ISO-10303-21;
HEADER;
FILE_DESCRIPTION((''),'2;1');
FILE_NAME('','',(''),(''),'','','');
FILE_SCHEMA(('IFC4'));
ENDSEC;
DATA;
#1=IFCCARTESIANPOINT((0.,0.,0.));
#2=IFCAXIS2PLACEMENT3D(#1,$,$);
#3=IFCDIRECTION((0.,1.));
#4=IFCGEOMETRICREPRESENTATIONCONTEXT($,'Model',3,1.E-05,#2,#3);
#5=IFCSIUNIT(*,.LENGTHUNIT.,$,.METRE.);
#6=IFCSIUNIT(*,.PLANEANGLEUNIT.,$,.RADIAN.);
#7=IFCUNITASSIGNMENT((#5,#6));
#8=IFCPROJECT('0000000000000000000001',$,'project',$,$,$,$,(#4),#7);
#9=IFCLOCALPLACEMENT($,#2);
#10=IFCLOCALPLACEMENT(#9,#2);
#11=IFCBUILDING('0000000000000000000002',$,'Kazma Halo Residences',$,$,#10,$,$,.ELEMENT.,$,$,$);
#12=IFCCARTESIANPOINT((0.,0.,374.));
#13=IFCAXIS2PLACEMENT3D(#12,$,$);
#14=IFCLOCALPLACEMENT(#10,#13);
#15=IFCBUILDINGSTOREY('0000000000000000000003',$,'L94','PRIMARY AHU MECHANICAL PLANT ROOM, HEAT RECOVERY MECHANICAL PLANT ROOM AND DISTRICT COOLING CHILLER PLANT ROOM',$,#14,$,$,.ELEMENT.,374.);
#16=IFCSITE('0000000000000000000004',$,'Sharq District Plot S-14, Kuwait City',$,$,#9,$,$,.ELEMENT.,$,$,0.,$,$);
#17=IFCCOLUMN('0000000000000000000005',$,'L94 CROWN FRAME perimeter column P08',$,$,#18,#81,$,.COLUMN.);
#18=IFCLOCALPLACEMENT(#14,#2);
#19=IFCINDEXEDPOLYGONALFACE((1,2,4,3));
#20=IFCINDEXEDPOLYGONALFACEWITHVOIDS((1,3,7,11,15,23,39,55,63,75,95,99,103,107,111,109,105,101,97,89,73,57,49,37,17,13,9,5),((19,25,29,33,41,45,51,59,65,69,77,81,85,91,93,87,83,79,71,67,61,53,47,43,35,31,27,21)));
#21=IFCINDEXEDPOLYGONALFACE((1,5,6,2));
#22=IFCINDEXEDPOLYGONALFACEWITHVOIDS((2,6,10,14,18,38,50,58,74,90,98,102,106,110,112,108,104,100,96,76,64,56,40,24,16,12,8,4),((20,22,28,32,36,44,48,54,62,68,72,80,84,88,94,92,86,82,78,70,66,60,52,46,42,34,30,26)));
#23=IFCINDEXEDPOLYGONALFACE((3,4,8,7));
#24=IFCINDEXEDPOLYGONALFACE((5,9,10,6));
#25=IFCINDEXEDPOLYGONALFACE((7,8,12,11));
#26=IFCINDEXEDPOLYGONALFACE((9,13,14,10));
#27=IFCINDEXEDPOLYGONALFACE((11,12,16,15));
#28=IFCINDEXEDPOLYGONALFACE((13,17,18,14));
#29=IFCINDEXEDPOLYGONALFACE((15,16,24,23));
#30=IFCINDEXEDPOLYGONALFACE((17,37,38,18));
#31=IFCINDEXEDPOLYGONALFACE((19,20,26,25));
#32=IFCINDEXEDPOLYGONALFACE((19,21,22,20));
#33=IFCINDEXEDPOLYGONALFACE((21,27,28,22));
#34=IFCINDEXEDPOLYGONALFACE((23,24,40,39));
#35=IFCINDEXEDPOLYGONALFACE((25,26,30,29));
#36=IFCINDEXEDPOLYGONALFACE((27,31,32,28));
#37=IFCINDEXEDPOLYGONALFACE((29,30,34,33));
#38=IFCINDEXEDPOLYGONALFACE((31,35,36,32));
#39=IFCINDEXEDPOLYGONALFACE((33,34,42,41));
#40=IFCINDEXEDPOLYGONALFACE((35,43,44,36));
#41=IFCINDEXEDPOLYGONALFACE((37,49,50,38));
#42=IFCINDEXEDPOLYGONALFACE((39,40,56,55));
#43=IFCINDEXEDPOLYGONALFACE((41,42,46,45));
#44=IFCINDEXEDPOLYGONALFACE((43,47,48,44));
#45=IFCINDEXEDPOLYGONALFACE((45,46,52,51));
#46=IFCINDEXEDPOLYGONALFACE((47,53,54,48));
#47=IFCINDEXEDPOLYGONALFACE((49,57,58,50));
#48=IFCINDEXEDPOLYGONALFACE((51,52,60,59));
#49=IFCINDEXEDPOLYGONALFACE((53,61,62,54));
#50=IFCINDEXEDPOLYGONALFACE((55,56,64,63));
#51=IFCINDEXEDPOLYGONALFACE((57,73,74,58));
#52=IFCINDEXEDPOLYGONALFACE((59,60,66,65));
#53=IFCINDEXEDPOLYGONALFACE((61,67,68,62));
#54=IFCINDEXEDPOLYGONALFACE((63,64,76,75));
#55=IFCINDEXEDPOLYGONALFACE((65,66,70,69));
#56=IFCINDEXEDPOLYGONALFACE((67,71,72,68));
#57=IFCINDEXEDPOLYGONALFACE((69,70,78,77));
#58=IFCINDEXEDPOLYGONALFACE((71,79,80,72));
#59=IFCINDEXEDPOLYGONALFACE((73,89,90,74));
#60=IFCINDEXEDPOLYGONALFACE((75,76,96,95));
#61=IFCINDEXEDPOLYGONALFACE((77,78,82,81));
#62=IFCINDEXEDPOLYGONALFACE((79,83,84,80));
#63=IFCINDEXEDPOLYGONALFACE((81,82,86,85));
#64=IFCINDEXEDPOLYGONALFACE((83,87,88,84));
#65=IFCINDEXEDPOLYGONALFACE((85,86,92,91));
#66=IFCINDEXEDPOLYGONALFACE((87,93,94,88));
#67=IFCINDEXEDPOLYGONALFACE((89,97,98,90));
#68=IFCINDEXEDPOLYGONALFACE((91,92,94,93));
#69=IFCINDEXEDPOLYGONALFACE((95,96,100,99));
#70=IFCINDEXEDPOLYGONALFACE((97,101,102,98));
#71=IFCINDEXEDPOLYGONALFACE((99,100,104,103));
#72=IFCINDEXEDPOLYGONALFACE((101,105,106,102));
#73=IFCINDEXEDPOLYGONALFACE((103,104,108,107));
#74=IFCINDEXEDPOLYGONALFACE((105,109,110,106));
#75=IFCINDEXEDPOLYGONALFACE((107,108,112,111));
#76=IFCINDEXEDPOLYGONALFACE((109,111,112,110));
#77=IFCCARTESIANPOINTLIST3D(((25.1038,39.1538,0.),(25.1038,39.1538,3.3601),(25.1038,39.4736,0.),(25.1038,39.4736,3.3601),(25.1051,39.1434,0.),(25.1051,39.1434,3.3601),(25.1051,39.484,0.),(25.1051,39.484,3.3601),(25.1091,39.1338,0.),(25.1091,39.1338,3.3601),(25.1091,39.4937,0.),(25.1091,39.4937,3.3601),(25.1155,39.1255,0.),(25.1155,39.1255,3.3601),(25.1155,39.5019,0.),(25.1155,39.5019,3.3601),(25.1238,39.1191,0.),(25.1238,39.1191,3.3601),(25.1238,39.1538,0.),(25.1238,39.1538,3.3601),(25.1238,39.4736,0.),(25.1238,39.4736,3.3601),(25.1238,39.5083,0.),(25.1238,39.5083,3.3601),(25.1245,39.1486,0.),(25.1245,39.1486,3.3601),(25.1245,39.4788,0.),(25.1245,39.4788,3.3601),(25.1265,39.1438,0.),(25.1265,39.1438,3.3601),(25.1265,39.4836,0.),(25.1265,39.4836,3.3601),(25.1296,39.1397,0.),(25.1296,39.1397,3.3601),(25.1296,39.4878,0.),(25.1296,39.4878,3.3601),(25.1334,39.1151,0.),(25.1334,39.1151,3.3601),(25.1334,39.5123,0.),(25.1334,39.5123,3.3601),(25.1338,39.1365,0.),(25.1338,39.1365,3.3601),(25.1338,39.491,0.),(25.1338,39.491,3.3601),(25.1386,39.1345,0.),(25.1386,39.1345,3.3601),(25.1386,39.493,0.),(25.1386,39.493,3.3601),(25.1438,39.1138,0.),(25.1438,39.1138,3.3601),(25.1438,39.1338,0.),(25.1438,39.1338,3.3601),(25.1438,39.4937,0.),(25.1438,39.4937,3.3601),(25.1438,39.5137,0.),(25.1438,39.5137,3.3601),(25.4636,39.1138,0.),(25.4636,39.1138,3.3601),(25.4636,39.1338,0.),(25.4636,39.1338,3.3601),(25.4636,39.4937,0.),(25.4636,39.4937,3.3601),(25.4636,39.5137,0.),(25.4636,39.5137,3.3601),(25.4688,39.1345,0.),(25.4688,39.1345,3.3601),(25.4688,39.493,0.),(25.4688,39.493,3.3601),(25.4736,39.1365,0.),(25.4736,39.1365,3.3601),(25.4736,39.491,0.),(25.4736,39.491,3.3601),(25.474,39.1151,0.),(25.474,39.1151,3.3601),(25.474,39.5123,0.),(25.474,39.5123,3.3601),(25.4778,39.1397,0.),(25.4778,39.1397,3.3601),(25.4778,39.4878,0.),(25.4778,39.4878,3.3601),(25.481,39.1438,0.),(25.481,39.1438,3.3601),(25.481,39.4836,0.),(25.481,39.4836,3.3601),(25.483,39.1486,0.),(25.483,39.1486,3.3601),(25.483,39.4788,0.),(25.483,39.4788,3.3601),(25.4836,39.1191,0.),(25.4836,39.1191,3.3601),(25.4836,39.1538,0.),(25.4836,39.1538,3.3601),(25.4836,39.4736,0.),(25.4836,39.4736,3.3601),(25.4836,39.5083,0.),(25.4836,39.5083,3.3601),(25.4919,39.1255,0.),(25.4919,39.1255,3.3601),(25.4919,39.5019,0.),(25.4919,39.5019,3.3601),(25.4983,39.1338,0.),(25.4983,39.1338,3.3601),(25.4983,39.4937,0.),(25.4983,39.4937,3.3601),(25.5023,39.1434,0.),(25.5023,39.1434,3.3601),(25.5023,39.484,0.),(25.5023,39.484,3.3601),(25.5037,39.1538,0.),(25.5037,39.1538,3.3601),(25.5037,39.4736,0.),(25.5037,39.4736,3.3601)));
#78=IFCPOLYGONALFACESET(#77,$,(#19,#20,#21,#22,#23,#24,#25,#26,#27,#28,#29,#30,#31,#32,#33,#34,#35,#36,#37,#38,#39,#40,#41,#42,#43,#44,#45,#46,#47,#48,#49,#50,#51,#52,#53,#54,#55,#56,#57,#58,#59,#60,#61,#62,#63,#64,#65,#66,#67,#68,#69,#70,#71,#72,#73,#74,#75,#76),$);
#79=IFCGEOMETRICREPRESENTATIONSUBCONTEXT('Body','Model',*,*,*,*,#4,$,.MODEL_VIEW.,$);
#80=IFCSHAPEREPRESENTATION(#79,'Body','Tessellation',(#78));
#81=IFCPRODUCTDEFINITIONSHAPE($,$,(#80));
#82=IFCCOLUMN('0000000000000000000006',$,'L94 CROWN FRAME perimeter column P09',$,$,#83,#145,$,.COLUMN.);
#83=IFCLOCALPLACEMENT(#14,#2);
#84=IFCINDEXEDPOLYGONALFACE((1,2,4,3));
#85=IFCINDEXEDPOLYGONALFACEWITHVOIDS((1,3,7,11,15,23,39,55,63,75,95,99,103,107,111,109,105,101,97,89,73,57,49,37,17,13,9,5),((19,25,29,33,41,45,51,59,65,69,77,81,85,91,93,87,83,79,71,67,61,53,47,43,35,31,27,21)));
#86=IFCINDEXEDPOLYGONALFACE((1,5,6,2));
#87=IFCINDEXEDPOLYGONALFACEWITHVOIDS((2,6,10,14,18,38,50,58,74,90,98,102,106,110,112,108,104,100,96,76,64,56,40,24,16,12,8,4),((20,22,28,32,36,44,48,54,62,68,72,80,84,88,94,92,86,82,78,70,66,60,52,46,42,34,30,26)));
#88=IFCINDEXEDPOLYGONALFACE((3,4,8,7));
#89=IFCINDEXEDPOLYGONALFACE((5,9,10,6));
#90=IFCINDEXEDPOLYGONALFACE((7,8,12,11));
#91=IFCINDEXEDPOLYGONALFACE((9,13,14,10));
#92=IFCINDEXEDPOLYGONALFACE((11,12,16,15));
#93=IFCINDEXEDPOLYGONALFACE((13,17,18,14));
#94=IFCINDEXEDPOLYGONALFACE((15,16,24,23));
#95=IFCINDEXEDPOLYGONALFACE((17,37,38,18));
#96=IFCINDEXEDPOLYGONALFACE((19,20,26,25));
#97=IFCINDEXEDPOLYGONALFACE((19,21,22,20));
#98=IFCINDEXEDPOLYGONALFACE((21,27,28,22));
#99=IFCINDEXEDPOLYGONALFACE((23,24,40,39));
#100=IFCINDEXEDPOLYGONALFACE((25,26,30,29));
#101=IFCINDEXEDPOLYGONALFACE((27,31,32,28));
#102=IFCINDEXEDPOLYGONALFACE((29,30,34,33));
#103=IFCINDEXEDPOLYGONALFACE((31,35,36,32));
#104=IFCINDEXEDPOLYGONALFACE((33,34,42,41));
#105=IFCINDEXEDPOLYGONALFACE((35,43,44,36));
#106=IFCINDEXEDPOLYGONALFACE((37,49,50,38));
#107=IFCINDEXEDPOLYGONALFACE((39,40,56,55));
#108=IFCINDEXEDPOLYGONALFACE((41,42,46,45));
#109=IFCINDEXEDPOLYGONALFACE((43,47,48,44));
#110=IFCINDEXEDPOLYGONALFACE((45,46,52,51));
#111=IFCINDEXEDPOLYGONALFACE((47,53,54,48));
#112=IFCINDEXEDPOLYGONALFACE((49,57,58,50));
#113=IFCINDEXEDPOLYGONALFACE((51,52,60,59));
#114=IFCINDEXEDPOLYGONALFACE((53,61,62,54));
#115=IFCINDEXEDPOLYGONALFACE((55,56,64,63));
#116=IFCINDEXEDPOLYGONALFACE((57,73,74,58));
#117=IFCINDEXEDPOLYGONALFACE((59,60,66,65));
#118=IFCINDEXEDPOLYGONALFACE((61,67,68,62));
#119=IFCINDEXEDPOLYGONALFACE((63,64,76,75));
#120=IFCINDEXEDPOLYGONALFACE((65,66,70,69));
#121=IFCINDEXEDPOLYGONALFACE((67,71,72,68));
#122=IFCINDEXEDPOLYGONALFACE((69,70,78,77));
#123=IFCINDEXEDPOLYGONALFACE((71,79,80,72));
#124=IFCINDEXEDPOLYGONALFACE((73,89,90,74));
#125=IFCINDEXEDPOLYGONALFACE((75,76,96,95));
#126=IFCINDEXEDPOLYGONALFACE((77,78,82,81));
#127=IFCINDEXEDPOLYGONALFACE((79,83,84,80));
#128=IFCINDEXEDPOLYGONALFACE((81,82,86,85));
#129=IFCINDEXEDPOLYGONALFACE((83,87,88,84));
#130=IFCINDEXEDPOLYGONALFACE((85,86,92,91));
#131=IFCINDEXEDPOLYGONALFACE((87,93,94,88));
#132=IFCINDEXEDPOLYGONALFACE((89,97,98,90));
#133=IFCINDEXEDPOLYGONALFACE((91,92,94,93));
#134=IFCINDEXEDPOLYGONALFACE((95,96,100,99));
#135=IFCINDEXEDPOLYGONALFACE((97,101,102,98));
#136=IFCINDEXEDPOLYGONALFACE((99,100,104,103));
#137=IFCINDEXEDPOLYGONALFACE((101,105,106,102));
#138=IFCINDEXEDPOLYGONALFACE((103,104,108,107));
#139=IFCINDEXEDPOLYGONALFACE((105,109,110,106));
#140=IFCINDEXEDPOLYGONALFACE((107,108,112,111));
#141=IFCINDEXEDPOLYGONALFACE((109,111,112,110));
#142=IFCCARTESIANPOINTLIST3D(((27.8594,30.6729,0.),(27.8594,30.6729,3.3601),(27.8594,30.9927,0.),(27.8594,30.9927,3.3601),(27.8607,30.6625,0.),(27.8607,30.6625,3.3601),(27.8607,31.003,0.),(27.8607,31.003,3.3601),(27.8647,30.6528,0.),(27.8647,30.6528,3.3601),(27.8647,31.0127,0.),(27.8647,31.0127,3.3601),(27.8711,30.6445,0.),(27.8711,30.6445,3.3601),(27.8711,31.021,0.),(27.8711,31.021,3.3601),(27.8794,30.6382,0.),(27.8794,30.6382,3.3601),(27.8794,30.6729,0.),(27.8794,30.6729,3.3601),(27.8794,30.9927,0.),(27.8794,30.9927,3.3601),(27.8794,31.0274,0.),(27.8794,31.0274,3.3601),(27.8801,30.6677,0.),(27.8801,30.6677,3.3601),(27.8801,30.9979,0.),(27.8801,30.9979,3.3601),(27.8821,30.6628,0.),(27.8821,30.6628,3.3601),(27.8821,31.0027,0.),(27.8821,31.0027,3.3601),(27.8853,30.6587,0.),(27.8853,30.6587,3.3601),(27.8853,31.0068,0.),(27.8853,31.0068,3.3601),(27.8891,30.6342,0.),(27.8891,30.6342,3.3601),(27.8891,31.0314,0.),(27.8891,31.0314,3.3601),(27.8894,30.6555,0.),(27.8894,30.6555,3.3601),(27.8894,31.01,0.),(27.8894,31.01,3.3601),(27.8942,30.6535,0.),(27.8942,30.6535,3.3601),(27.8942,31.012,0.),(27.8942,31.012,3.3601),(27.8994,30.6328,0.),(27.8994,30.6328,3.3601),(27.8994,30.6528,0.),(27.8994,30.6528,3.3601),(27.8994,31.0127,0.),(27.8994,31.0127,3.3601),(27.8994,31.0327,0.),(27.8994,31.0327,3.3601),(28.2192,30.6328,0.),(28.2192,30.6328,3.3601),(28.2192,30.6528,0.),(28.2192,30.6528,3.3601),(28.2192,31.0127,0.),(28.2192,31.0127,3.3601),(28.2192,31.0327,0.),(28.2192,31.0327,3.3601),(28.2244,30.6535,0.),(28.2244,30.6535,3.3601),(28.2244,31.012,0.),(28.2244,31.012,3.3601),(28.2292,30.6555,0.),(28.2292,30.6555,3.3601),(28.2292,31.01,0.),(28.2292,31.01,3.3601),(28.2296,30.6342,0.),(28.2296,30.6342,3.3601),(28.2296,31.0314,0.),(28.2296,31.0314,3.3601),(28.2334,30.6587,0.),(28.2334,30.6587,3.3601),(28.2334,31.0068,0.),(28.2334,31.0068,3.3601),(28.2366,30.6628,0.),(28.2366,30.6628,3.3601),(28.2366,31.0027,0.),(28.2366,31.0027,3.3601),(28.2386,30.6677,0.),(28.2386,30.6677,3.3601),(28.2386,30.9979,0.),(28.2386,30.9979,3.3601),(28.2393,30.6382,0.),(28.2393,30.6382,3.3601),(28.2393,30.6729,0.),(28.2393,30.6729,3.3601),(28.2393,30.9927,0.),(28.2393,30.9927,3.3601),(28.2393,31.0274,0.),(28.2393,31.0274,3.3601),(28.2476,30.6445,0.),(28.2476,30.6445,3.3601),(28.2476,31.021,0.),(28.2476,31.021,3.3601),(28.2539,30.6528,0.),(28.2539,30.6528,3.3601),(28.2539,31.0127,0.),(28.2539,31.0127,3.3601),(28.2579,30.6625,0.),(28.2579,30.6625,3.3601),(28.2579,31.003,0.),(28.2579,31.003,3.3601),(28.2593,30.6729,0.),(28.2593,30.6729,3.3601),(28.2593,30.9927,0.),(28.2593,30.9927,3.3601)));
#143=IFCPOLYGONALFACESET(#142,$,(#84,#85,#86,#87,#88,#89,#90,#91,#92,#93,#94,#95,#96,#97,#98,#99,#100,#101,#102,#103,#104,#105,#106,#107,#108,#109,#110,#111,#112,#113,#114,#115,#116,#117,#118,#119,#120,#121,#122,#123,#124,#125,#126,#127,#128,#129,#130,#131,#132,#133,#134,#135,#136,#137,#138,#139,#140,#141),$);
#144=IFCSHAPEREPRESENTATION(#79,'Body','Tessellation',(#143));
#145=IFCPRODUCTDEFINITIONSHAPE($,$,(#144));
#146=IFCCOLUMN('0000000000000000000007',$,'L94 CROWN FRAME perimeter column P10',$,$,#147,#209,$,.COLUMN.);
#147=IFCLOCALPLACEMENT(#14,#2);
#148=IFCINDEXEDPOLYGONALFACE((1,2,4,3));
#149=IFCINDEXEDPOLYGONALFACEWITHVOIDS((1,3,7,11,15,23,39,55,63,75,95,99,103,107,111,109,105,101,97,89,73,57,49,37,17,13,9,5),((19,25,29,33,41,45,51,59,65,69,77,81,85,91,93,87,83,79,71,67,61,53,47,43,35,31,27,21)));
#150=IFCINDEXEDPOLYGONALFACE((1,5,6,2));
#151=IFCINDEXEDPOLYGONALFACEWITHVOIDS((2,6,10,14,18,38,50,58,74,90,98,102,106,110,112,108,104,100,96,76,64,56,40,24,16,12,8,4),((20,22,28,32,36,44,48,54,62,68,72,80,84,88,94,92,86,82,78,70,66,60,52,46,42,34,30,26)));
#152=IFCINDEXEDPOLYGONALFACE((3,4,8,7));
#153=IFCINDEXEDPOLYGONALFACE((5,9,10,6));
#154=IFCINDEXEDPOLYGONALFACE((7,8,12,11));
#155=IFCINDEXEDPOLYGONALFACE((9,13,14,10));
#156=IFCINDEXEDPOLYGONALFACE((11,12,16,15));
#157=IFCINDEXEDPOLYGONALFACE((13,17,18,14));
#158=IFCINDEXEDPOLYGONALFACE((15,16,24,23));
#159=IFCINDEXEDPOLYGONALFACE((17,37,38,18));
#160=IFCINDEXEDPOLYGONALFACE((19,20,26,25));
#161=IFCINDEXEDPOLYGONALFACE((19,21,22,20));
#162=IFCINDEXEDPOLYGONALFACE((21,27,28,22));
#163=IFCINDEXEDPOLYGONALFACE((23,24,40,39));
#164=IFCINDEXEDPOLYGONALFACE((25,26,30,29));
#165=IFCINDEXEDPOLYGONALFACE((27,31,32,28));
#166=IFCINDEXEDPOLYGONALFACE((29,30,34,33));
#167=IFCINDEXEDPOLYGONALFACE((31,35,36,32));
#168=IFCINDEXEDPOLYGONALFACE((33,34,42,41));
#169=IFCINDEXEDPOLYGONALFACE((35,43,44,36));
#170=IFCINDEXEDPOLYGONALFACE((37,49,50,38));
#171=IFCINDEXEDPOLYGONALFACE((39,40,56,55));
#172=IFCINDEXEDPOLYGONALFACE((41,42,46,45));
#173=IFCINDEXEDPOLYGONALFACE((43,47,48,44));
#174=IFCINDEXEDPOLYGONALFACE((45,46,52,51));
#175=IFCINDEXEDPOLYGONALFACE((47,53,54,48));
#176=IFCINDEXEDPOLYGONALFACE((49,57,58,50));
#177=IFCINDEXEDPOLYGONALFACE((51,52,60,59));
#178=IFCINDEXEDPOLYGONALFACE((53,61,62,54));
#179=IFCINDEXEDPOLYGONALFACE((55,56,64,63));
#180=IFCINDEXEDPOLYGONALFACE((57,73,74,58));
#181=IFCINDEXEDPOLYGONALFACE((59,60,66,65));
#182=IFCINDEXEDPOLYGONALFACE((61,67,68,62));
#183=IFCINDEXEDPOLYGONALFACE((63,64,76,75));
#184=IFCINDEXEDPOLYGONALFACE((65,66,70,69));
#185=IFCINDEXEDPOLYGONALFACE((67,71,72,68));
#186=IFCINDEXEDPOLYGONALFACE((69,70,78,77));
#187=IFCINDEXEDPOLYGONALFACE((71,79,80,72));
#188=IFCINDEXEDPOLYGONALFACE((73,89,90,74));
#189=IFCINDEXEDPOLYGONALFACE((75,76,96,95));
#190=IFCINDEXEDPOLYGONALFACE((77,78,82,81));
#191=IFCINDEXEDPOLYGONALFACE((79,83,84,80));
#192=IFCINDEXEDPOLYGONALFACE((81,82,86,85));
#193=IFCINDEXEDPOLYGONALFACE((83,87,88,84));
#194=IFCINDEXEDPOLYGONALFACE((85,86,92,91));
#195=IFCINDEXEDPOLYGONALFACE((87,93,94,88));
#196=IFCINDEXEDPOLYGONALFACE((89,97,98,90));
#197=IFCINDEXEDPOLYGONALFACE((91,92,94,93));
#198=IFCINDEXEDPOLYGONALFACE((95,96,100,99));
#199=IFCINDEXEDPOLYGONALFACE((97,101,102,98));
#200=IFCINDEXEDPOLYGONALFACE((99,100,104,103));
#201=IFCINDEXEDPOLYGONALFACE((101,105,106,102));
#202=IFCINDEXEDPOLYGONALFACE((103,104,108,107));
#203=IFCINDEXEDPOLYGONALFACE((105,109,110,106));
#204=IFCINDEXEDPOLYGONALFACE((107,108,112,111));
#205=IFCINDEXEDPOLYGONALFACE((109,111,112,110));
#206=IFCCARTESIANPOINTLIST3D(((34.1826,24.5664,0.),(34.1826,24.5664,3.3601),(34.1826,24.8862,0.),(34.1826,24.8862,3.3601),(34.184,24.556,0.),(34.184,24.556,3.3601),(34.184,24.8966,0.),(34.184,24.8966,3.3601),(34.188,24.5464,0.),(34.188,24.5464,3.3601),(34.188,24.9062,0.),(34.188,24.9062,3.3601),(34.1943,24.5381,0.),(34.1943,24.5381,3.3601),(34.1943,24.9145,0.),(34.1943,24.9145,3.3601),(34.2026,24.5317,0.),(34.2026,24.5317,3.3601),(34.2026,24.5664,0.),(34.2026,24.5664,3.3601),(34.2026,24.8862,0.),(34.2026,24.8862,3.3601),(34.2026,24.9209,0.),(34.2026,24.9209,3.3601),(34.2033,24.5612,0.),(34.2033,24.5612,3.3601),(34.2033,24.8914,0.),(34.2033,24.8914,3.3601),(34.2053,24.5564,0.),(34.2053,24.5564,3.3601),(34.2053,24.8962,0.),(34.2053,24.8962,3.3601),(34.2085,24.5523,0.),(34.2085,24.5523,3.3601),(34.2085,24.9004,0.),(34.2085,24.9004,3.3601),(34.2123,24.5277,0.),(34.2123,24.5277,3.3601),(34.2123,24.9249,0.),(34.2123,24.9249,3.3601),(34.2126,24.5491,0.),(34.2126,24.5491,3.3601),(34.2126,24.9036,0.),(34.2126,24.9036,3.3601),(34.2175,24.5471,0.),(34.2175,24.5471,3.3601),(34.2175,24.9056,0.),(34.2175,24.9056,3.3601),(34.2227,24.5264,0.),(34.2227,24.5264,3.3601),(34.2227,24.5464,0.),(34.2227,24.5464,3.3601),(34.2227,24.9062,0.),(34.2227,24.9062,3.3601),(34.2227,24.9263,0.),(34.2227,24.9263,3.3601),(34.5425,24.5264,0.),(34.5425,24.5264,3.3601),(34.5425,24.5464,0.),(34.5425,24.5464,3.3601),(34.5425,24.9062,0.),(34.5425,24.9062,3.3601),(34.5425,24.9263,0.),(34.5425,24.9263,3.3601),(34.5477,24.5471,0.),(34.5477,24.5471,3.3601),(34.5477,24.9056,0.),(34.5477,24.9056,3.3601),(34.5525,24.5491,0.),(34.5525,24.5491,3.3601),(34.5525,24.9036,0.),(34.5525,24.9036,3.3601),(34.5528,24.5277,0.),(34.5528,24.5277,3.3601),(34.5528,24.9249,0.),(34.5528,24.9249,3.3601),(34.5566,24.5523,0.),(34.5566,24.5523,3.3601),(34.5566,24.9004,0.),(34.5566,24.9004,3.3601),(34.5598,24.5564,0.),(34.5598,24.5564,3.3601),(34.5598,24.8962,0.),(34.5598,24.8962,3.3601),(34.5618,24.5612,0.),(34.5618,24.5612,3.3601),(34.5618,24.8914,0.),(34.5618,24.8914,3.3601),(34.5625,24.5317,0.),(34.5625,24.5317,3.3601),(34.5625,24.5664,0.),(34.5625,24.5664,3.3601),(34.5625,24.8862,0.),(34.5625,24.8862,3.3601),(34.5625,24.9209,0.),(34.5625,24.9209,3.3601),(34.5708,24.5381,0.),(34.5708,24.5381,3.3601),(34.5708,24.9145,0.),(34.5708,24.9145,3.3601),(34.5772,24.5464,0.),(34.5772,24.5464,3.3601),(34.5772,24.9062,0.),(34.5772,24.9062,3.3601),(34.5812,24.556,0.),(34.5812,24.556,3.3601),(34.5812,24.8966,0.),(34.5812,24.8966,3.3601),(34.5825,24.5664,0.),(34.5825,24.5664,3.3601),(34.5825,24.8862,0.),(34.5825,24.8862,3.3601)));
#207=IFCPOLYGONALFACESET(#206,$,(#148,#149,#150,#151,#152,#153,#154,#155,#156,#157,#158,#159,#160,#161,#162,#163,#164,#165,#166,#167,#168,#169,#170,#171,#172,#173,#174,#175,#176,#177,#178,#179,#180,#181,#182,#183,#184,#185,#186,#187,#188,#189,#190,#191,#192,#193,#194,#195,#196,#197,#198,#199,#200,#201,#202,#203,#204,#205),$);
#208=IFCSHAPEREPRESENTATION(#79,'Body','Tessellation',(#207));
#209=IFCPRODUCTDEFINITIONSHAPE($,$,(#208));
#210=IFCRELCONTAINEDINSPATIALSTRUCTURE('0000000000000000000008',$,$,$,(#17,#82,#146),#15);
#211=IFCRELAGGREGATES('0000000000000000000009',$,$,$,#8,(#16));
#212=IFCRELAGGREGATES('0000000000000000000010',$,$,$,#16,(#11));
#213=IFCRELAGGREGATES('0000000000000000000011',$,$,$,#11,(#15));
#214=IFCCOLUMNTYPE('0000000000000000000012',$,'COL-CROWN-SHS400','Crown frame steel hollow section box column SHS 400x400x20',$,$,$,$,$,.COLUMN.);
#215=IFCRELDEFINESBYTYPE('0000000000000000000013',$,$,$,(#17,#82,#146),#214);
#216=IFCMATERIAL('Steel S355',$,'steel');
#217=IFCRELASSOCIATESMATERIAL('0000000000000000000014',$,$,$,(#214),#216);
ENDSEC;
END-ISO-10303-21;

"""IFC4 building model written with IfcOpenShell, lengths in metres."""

from ifc_helpers import new_model, si_unit, direction, frame, origin, origin_2d, place, context, subcontext, project, spatial, hollow_rectangle, extrude, material, material_profile, profile_set, type_object, element, save


model = new_model("IFC4")

# Units and contexts
model_context = context("Model", 3, precision=1e-05, world=origin(), true_north=direction((0.0, 1.0)))
body_context = subcontext(model_context, "Body", "Model", "MODEL_VIEW")
ifc_project = project(units=[si_unit("LENGTHUNIT", "METRE"), si_unit("PLANEANGLEUNIT", "RADIAN")], contexts=[model_context])

# Site, building, storey
site_placement = place(None, origin())
site = spatial("IfcSite", under=ifc_project, at=site_placement, Name="Sharq District Plot S-14, Kuwait City", CompositionType="ELEMENT", RefElevation=0.0)
building_placement = place(site_placement, origin())
building = spatial("IfcBuilding", under=site, at=building_placement, Name="Kazma Halo Residences", CompositionType="ELEMENT")
storey_placement = place(building_placement, frame((0.0, 0.0, 374.0)))
storey = spatial("IfcBuildingStorey", under=building, at=storey_placement, Name="L94", Description="PRIMARY AHU MECHANICAL PLANT ROOM, HEAT RECOVERY MECHANICAL PLANT ROOM AND DISTRICT COOLING CHILLER PLANT ROOM", CompositionType="ELEMENT", Elevation=374.0)

# Columns
ifc_material_1 = material(Name="Steel S355", Category="steel")
ifc_material_profile_1 = material_profile(ifc_material_1, hollow_rectangle(XDim=0.3999, YDim=0.3999, WallThickness=0.02, InnerFilletRadius=0.02, OuterFilletRadius=0.04, at=origin_2d()), Name="SHS400x400x20")
ifc_profile_set_1 = profile_set([ifc_material_profile_1], Name="Steel S355")
column_type = type_object("IfcColumnType", Name="COL-CROWN-SHS400", Description="Crown frame steel hollow section box column SHS 400x400x20", PredefinedType="COLUMN", material=ifc_profile_set_1)
for number, where, z_axis, x_axis, name in (
    (1, (25.3037, 39.3137, 0.0), (0.0, 0.0, 1.0), (1.0, 0.0, 0.0), "L94 CROWN FRAME perimeter column P08"),
    (2, (28.0593, 30.8328, 0.0), (0.0, 0.0, 1.0), (1.0, 0.0, 0.0), "L94 CROWN FRAME perimeter column P09"),
    (3, (34.3826, 24.7263, 0.0), (0.0, 0.0, 1.0), (1.0, 0.0, 0.0), "L94 CROWN FRAME perimeter column P10"),
):
    element("IfcColumn", number, at=place(storey_placement, frame(where, z_axis=z_axis, x_axis=x_axis)), inside=storey, type_object=column_type, Name=name, PredefinedType="COLUMN", context=body_context, shape_type="SweptSolid", body=[
        extrude(hollow_rectangle(XDim=0.3999, YDim=0.3999, WallThickness=0.02, InnerFilletRadius=0.02, OuterFilletRadius=0.04, at=origin_2d()), origin(), (0.0, 0.0, 1.0), 3.3601),
    ])

save(model, "model.ifc")
